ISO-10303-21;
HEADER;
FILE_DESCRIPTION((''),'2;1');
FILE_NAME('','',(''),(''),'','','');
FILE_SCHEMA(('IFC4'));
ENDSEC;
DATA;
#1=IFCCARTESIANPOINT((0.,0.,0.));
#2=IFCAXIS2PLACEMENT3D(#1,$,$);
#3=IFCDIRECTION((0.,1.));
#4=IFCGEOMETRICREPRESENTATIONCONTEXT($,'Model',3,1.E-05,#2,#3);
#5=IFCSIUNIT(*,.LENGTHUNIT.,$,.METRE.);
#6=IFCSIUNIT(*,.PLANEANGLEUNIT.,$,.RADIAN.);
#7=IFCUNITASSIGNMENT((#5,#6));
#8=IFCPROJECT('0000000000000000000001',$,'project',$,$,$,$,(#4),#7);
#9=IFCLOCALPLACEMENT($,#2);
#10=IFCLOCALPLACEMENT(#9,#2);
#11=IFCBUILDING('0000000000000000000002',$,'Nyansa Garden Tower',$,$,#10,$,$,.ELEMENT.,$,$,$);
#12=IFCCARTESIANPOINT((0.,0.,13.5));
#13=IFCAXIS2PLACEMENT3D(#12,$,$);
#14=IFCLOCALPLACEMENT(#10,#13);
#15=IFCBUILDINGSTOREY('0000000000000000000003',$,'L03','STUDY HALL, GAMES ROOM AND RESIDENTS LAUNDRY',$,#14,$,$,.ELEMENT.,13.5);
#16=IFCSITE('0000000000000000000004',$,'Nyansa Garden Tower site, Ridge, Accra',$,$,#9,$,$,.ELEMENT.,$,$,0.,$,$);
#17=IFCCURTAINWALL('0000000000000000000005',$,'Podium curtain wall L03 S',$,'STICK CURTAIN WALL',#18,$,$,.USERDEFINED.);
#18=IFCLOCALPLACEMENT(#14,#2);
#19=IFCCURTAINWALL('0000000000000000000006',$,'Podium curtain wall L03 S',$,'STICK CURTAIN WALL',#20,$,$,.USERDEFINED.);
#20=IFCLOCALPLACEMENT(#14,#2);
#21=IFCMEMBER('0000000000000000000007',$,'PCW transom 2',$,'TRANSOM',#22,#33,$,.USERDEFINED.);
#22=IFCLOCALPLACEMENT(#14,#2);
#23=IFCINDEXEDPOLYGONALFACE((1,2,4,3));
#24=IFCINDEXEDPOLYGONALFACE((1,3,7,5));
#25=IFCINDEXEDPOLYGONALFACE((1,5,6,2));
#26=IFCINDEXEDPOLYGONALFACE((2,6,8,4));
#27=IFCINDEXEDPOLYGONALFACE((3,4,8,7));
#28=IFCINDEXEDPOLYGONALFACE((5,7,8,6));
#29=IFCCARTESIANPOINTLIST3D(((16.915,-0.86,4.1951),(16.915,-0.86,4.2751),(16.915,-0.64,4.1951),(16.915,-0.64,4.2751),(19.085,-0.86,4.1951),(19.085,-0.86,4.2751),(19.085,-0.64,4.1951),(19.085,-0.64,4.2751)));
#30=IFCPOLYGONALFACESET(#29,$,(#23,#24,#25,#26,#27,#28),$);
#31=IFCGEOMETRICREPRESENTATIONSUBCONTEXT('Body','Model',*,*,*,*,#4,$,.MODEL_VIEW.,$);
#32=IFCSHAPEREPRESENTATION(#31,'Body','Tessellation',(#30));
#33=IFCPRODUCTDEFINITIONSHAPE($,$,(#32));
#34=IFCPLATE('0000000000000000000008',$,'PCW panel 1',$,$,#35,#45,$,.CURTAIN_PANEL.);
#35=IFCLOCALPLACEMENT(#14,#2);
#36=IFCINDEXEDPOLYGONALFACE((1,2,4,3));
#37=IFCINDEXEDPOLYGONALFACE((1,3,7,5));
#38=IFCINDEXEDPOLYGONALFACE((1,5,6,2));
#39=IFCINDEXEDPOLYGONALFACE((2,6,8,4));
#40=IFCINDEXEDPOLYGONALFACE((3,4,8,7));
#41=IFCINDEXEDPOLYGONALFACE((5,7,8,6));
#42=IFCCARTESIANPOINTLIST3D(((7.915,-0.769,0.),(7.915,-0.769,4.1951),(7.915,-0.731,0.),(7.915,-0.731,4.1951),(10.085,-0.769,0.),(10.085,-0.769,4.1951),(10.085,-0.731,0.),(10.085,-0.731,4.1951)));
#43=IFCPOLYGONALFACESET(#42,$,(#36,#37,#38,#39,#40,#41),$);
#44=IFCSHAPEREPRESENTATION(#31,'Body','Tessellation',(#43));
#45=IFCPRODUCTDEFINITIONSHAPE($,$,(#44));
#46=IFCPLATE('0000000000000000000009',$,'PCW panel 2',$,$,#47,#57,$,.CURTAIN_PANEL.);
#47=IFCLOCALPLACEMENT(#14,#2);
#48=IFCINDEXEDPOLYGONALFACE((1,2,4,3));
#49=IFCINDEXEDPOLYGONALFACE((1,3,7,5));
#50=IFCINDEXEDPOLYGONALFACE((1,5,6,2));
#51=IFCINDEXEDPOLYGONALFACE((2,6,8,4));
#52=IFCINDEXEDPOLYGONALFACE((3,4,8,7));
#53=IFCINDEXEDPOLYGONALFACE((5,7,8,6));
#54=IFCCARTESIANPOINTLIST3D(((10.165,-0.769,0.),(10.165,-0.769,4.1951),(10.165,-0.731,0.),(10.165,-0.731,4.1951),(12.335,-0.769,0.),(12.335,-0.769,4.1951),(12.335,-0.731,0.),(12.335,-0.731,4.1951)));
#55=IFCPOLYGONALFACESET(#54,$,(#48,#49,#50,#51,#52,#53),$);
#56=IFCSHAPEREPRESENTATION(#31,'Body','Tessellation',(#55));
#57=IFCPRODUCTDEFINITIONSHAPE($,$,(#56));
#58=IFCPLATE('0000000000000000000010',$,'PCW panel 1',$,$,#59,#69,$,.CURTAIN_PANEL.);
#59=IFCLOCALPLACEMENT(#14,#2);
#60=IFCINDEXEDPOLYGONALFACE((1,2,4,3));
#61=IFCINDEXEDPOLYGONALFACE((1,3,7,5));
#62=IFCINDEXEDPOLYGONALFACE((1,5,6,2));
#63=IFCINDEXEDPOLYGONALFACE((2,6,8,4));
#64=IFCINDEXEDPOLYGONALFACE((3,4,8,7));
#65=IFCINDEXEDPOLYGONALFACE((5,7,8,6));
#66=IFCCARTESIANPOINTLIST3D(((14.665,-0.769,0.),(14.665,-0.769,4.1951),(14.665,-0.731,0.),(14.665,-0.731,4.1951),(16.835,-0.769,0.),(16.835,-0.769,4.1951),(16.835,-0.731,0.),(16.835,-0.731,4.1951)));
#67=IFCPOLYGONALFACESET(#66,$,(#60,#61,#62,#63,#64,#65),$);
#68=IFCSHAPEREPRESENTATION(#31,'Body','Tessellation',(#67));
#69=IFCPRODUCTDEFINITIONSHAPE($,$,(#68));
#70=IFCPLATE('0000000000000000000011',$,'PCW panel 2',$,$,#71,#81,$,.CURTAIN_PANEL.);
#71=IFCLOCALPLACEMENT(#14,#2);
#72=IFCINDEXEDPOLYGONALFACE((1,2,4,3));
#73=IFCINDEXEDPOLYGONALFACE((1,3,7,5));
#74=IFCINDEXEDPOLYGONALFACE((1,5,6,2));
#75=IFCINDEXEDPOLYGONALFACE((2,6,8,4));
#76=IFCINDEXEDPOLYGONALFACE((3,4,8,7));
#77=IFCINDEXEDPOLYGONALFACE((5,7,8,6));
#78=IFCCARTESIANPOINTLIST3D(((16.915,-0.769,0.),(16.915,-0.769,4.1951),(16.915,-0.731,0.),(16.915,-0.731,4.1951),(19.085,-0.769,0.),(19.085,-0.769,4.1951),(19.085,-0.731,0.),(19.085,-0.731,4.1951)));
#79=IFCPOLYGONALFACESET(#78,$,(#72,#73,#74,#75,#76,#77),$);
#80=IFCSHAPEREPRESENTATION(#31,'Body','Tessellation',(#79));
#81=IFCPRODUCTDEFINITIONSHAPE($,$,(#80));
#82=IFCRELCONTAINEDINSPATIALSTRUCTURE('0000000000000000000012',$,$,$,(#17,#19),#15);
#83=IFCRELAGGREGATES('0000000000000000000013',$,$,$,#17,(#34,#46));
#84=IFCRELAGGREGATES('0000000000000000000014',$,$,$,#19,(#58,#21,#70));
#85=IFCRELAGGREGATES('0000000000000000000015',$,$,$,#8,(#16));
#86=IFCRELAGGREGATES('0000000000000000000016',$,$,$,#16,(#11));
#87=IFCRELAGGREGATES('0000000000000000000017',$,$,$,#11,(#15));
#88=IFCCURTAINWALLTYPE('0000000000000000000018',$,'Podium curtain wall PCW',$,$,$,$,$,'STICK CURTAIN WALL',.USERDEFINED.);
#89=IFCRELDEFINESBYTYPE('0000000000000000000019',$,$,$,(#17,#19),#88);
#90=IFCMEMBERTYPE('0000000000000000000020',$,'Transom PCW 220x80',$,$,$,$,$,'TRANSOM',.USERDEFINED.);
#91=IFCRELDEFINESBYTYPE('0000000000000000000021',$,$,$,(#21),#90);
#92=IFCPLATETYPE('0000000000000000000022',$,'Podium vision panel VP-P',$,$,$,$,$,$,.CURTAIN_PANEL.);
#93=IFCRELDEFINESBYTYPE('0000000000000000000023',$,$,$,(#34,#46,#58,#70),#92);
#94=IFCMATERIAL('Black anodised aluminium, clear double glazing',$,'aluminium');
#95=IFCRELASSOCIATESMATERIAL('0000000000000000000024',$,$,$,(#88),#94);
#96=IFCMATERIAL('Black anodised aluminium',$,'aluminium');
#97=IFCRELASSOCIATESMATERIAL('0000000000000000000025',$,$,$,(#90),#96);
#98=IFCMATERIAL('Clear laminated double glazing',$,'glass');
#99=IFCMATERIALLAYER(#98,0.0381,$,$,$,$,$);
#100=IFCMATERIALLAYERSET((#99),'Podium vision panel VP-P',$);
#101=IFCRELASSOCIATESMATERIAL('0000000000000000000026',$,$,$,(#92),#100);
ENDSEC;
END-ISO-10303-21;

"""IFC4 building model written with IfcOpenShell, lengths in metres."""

from ifc_helpers import new_model, si_unit, direction, frame, origin, origin_2d, place, context, subcontext, project, spatial, rectangle, extrude, material, layer, layer_set, material_profile, profile_set, type_object, element, aggregate, save


model = new_model("IFC4")

# Units and contexts
model_context = context("Model", 3, precision=1e-05, world=origin(), true_north=direction((0.0, 1.0)))
body_context = subcontext(model_context, "Body", "Model", "MODEL_VIEW")
ifc_project = project(units=[si_unit("LENGTHUNIT", "METRE"), si_unit("PLANEANGLEUNIT", "RADIAN")], contexts=[model_context])

# Site, building, storey
site_placement = place(None, origin())
site = spatial("IfcSite", under=ifc_project, at=site_placement, Name="Nyansa Garden Tower site, Ridge, Accra", CompositionType="ELEMENT", RefElevation=0.0)
building_placement = place(site_placement, origin())
building = spatial("IfcBuilding", under=site, at=building_placement, Name="Nyansa Garden Tower", CompositionType="ELEMENT")
storey_placement = place(building_placement, frame((0.0, 0.0, 13.5)))
storey = spatial("IfcBuildingStorey", under=building, at=storey_placement, Name="L03", Description="STUDY HALL, GAMES ROOM AND RESIDENTS LAUNDRY", CompositionType="ELEMENT", Elevation=13.5)

# Curtain walls
ifc_material_1 = material(Name="Black anodised aluminium, clear double glazing", Category="aluminium")
curtain_wall_type = type_object("IfcCurtainWallType", Name="Podium curtain wall PCW", ElementType="STICK CURTAIN WALL", PredefinedType="USERDEFINED", material=ifc_material_1)
curtain_wall_1_placement = place(storey_placement, origin())
curtain_wall_1 = element("IfcCurtainWall", 1, at=curtain_wall_1_placement, inside=storey, type_object=curtain_wall_type, Name="Podium curtain wall L03 S", ObjectType="STICK CURTAIN WALL", PredefinedType="USERDEFINED")
curtain_wall_2_placement = place(storey_placement, origin())
curtain_wall_2 = element("IfcCurtainWall", 2, at=curtain_wall_2_placement, inside=storey, type_object=curtain_wall_type, Name="Podium curtain wall L03 S", ObjectType="STICK CURTAIN WALL", PredefinedType="USERDEFINED")

# Member
ifc_material_2 = material(Name="Black anodised aluminium", Category="aluminium")
ifc_material_profile_1 = material_profile(ifc_material_2, rectangle(XDim=0.22, YDim=0.0801, at=origin_2d()), Name="Transom 220x80")
ifc_profile_set_1 = profile_set([ifc_material_profile_1], Name="Black anodised aluminium")
member_type_1 = type_object("IfcMemberType", Name="Transom PCW 220x80", ElementType="TRANSOM", PredefinedType="USERDEFINED", material=ifc_profile_set_1)
member_1_placement = place(storey_placement, frame((16.915, -0.75, 4.2351), z_axis=(1.0, 0.0, 0.0), x_axis=(0.0, 1.0, 0.0)))
member_1 = element("IfcMember", 3, at=member_1_placement, type_object=member_type_1, Name="PCW transom 2", ObjectType="TRANSOM", PredefinedType="USERDEFINED", context=body_context, shape_type="SweptSolid", body=[
    extrude(rectangle(XDim=0.22, YDim=0.0801, at=origin_2d()), origin(), (0.0, 0.0, 1.0), 2.1699),
])

# Plates
ifc_material_3 = material(Name="Clear laminated double glazing", Category="glass")
ifc_layer = layer(ifc_material_3, 0.0381)
ifc_layer_set = layer_set([ifc_layer], Name="Podium vision panel VP-P")
plate_type = type_object("IfcPlateType", Name="Podium vision panel VP-P", PredefinedType="CURTAIN_PANEL", material=ifc_layer_set)
plate_1_placement = place(storey_placement, frame((9.0, -0.75, 0.0), z_axis=(0.0, 0.0, 1.0), x_axis=(1.0, 0.0, 0.0)))
plate_1 = element("IfcPlate", 4, at=plate_1_placement, type_object=plate_type, Name="PCW panel 1", PredefinedType="CURTAIN_PANEL", context=body_context, shape_type="SweptSolid", body=[
    extrude(rectangle(XDim=2.1699, YDim=0.0381, at=origin_2d()), origin(), (0.0, 0.0, 1.0), 4.1951),
])
plate_2_placement = place(storey_placement, frame((11.25, -0.75, 0.0), z_axis=(0.0, 0.0, 1.0), x_axis=(1.0, 0.0, 0.0)))
plate_2 = element("IfcPlate", 5, at=plate_2_placement, type_object=plate_type, Name="PCW panel 2", PredefinedType="CURTAIN_PANEL", context=body_context, shape_type="SweptSolid", body=[
    extrude(rectangle(XDim=2.1699, YDim=0.0381, at=origin_2d()), origin(), (0.0, 0.0, 1.0), 4.1951),
])
aggregate(curtain_wall_1, [plate_1, plate_2])
plate_3_placement = place(storey_placement, frame((15.75, -0.75, 0.0), z_axis=(0.0, 0.0, 1.0), x_axis=(1.0, 0.0, 0.0)))
plate_3 = element("IfcPlate", 6, at=plate_3_placement, type_object=plate_type, Name="PCW panel 1", PredefinedType="CURTAIN_PANEL", context=body_context, shape_type="SweptSolid", body=[
    extrude(rectangle(XDim=2.1699, YDim=0.0381, at=origin_2d()), origin(), (0.0, 0.0, 1.0), 4.1951),
])
plate_4_placement = place(storey_placement, frame((18.0, -0.75, 0.0), z_axis=(0.0, 0.0, 1.0), x_axis=(1.0, 0.0, 0.0)))
plate_4 = element("IfcPlate", 7, at=plate_4_placement, type_object=plate_type, Name="PCW panel 2", PredefinedType="CURTAIN_PANEL", context=body_context, shape_type="SweptSolid", body=[
    extrude(rectangle(XDim=2.1699, YDim=0.0381, at=origin_2d()), origin(), (0.0, 0.0, 1.0), 4.1951),
])
aggregate(curtain_wall_2, [plate_3, member_1, plate_4])

save(model, "model.ifc")
